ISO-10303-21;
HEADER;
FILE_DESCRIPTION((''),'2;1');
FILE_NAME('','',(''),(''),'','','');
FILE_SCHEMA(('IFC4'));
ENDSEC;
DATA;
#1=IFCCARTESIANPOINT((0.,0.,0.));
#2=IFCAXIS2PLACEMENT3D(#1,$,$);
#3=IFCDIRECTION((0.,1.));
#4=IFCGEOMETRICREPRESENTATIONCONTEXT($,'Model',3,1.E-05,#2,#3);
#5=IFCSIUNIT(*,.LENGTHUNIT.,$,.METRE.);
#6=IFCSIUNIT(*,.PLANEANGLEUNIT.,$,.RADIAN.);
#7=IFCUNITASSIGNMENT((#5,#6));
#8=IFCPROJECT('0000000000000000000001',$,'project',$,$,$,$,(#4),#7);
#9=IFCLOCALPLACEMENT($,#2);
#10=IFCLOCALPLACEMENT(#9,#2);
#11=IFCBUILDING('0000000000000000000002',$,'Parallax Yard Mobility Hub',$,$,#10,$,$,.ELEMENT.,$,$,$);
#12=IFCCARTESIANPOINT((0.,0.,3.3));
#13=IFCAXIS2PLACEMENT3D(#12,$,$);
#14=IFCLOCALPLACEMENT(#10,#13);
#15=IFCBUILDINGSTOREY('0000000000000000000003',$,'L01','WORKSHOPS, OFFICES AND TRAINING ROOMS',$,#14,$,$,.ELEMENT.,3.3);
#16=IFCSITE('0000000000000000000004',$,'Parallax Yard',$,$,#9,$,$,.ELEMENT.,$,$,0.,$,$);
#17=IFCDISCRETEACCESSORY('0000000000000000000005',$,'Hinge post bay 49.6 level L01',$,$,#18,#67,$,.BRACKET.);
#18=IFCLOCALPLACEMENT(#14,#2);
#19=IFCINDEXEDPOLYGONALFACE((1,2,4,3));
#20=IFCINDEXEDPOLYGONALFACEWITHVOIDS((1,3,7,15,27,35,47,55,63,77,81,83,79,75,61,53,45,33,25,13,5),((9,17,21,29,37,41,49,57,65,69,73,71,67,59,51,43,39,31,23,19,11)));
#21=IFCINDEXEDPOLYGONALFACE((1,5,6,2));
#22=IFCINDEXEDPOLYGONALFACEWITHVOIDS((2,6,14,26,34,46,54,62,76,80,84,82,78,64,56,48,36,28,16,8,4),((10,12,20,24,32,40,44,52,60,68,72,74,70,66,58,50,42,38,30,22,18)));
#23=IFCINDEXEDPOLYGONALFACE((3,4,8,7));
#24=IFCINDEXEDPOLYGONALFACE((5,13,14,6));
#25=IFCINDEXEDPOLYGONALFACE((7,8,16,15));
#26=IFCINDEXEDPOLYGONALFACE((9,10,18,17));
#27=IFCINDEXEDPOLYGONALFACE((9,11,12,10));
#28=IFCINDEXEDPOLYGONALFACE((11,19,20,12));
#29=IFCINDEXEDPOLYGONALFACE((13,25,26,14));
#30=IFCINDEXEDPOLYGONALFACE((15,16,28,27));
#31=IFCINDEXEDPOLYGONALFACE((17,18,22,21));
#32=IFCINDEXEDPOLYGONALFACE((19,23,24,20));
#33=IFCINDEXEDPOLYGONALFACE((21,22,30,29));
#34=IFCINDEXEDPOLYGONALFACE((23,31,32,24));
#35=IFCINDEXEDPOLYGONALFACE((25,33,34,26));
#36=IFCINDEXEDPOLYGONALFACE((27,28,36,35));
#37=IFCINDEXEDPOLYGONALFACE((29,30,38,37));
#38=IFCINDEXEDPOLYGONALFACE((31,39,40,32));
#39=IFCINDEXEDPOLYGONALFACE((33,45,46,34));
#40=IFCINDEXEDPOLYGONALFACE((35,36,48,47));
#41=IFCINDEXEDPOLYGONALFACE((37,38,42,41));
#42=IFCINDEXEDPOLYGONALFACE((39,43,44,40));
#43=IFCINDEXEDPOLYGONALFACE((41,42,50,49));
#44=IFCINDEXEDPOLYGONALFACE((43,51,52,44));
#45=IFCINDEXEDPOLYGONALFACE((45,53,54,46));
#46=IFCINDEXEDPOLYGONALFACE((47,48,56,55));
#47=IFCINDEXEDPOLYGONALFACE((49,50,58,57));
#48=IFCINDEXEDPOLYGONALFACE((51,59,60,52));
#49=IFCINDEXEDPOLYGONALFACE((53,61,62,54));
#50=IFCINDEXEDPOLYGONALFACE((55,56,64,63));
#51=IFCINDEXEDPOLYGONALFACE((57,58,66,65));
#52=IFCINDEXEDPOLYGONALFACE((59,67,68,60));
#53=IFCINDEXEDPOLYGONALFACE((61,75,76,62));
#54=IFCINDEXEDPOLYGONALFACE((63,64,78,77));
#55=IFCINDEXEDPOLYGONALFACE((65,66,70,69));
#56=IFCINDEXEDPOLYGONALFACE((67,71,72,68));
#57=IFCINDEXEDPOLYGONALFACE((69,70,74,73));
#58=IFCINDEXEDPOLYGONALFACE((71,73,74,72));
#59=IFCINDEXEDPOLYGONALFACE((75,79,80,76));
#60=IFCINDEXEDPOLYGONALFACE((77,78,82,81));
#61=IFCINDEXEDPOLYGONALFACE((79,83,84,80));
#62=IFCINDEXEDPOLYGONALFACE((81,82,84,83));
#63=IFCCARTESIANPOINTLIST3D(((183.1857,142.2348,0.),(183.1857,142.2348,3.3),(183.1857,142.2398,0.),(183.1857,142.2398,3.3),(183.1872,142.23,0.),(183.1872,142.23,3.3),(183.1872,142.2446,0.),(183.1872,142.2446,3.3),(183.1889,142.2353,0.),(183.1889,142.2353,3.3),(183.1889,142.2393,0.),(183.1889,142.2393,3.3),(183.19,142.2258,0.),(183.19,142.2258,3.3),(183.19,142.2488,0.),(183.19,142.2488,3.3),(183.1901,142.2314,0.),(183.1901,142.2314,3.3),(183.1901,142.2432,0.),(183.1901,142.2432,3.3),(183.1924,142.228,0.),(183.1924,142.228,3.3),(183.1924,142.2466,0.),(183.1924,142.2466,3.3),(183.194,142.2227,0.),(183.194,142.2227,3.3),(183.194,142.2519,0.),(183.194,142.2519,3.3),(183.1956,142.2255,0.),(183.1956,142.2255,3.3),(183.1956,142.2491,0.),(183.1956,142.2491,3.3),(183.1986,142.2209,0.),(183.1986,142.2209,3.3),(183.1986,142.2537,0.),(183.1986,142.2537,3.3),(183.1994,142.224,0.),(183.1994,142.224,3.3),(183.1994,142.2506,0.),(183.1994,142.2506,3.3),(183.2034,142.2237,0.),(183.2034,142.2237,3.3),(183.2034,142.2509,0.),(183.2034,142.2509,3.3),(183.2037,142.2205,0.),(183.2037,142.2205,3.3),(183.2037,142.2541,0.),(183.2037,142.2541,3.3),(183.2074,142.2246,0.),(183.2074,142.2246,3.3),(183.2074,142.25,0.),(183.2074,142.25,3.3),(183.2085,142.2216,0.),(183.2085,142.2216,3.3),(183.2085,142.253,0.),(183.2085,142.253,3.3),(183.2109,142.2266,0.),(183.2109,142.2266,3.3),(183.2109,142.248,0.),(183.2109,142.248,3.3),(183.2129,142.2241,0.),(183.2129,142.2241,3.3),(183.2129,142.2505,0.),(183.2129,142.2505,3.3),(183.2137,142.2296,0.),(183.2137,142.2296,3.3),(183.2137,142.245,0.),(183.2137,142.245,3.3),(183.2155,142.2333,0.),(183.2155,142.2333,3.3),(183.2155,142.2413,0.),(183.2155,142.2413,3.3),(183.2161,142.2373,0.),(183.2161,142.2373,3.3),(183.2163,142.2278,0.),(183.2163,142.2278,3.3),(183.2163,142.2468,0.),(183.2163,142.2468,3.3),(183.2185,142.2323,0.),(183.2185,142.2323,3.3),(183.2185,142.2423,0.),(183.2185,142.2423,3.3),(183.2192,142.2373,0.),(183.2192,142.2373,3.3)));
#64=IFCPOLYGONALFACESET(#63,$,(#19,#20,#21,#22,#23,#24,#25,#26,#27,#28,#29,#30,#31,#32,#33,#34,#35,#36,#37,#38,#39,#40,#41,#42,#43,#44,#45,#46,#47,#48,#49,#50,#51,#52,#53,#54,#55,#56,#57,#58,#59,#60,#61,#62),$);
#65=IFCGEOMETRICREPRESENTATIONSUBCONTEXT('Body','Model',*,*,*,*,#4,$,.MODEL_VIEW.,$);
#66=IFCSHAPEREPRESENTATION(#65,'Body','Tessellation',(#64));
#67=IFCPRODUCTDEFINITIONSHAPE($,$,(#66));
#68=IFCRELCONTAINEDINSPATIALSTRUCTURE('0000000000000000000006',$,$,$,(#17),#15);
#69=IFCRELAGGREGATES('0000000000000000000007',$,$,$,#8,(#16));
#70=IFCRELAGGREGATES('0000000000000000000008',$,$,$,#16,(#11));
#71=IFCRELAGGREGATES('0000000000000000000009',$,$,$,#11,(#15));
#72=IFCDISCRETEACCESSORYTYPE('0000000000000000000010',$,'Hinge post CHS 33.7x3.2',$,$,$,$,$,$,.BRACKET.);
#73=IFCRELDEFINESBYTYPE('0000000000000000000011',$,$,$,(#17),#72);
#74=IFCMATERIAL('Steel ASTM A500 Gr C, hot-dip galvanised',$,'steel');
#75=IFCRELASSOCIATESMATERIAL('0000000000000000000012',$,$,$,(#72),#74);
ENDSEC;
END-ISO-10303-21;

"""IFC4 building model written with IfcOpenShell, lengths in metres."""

from ifc_helpers import new_model, si_unit, direction, frame, origin, origin_2d, place, context, subcontext, project, spatial, hollow_circle, extrude, material, material_profile, profile_set, type_object, element, save


model = new_model("IFC4")

# Units and contexts
model_context = context("Model", 3, precision=1e-05, world=origin(), true_north=direction((0.0, 1.0)))
body_context = subcontext(model_context, "Body", "Model", "MODEL_VIEW")
ifc_project = project(units=[si_unit("LENGTHUNIT", "METRE"), si_unit("PLANEANGLEUNIT", "RADIAN")], contexts=[model_context])

# Site, building, storey
site_placement = place(None, origin())
site = spatial("IfcSite", under=ifc_project, at=site_placement, Name="Parallax Yard", CompositionType="ELEMENT", RefElevation=0.0)
building_placement = place(site_placement, origin())
building = spatial("IfcBuilding", under=site, at=building_placement, Name="Parallax Yard Mobility Hub", CompositionType="ELEMENT")
storey_placement = place(building_placement, frame((0.0, 0.0, 3.3)))
storey = spatial("IfcBuildingStorey", under=building, at=storey_placement, Name="L01", Description="WORKSHOPS, OFFICES AND TRAINING ROOMS", CompositionType="ELEMENT", Elevation=3.3)

# Discrete accessory
ifc_material_1 = material(Name="Steel ASTM A500 Gr C, hot-dip galvanised", Category="steel")
ifc_material_profile_1 = material_profile(ifc_material_1, hollow_circle(Radius=0.0168, WallThickness=0.0032, at=origin_2d()), Name="CHS 33.7x3.2")
ifc_profile_set_1 = profile_set([ifc_material_profile_1], Name="Steel ASTM A500 Gr C, hot-dip galvanised")
discrete_accessory_type_1 = type_object("IfcDiscreteAccessoryType", Name="Hinge post CHS 33.7x3.2", PredefinedType="BRACKET", material=ifc_profile_set_1)
for number, where, z_axis, x_axis, name in (
    (1, (183.2024, 142.2373, 0.0), (0.0, 0.0, 1.0), (1.0, 0.0, 0.0), "Hinge post bay 49.6 level L01"),
):
    element("IfcDiscreteAccessory", number, at=place(storey_placement, frame(where, z_axis=z_axis, x_axis=x_axis)), inside=storey, type_object=discrete_accessory_type_1, Name=name, PredefinedType="BRACKET", context=body_context, shape_type="SweptSolid", body=[
        extrude(hollow_circle(Radius=0.0168, WallThickness=0.0032, at=origin_2d()), origin(), (0.0, 0.0, 1.0), 3.3),
    ])

save(model, "model.ifc")
